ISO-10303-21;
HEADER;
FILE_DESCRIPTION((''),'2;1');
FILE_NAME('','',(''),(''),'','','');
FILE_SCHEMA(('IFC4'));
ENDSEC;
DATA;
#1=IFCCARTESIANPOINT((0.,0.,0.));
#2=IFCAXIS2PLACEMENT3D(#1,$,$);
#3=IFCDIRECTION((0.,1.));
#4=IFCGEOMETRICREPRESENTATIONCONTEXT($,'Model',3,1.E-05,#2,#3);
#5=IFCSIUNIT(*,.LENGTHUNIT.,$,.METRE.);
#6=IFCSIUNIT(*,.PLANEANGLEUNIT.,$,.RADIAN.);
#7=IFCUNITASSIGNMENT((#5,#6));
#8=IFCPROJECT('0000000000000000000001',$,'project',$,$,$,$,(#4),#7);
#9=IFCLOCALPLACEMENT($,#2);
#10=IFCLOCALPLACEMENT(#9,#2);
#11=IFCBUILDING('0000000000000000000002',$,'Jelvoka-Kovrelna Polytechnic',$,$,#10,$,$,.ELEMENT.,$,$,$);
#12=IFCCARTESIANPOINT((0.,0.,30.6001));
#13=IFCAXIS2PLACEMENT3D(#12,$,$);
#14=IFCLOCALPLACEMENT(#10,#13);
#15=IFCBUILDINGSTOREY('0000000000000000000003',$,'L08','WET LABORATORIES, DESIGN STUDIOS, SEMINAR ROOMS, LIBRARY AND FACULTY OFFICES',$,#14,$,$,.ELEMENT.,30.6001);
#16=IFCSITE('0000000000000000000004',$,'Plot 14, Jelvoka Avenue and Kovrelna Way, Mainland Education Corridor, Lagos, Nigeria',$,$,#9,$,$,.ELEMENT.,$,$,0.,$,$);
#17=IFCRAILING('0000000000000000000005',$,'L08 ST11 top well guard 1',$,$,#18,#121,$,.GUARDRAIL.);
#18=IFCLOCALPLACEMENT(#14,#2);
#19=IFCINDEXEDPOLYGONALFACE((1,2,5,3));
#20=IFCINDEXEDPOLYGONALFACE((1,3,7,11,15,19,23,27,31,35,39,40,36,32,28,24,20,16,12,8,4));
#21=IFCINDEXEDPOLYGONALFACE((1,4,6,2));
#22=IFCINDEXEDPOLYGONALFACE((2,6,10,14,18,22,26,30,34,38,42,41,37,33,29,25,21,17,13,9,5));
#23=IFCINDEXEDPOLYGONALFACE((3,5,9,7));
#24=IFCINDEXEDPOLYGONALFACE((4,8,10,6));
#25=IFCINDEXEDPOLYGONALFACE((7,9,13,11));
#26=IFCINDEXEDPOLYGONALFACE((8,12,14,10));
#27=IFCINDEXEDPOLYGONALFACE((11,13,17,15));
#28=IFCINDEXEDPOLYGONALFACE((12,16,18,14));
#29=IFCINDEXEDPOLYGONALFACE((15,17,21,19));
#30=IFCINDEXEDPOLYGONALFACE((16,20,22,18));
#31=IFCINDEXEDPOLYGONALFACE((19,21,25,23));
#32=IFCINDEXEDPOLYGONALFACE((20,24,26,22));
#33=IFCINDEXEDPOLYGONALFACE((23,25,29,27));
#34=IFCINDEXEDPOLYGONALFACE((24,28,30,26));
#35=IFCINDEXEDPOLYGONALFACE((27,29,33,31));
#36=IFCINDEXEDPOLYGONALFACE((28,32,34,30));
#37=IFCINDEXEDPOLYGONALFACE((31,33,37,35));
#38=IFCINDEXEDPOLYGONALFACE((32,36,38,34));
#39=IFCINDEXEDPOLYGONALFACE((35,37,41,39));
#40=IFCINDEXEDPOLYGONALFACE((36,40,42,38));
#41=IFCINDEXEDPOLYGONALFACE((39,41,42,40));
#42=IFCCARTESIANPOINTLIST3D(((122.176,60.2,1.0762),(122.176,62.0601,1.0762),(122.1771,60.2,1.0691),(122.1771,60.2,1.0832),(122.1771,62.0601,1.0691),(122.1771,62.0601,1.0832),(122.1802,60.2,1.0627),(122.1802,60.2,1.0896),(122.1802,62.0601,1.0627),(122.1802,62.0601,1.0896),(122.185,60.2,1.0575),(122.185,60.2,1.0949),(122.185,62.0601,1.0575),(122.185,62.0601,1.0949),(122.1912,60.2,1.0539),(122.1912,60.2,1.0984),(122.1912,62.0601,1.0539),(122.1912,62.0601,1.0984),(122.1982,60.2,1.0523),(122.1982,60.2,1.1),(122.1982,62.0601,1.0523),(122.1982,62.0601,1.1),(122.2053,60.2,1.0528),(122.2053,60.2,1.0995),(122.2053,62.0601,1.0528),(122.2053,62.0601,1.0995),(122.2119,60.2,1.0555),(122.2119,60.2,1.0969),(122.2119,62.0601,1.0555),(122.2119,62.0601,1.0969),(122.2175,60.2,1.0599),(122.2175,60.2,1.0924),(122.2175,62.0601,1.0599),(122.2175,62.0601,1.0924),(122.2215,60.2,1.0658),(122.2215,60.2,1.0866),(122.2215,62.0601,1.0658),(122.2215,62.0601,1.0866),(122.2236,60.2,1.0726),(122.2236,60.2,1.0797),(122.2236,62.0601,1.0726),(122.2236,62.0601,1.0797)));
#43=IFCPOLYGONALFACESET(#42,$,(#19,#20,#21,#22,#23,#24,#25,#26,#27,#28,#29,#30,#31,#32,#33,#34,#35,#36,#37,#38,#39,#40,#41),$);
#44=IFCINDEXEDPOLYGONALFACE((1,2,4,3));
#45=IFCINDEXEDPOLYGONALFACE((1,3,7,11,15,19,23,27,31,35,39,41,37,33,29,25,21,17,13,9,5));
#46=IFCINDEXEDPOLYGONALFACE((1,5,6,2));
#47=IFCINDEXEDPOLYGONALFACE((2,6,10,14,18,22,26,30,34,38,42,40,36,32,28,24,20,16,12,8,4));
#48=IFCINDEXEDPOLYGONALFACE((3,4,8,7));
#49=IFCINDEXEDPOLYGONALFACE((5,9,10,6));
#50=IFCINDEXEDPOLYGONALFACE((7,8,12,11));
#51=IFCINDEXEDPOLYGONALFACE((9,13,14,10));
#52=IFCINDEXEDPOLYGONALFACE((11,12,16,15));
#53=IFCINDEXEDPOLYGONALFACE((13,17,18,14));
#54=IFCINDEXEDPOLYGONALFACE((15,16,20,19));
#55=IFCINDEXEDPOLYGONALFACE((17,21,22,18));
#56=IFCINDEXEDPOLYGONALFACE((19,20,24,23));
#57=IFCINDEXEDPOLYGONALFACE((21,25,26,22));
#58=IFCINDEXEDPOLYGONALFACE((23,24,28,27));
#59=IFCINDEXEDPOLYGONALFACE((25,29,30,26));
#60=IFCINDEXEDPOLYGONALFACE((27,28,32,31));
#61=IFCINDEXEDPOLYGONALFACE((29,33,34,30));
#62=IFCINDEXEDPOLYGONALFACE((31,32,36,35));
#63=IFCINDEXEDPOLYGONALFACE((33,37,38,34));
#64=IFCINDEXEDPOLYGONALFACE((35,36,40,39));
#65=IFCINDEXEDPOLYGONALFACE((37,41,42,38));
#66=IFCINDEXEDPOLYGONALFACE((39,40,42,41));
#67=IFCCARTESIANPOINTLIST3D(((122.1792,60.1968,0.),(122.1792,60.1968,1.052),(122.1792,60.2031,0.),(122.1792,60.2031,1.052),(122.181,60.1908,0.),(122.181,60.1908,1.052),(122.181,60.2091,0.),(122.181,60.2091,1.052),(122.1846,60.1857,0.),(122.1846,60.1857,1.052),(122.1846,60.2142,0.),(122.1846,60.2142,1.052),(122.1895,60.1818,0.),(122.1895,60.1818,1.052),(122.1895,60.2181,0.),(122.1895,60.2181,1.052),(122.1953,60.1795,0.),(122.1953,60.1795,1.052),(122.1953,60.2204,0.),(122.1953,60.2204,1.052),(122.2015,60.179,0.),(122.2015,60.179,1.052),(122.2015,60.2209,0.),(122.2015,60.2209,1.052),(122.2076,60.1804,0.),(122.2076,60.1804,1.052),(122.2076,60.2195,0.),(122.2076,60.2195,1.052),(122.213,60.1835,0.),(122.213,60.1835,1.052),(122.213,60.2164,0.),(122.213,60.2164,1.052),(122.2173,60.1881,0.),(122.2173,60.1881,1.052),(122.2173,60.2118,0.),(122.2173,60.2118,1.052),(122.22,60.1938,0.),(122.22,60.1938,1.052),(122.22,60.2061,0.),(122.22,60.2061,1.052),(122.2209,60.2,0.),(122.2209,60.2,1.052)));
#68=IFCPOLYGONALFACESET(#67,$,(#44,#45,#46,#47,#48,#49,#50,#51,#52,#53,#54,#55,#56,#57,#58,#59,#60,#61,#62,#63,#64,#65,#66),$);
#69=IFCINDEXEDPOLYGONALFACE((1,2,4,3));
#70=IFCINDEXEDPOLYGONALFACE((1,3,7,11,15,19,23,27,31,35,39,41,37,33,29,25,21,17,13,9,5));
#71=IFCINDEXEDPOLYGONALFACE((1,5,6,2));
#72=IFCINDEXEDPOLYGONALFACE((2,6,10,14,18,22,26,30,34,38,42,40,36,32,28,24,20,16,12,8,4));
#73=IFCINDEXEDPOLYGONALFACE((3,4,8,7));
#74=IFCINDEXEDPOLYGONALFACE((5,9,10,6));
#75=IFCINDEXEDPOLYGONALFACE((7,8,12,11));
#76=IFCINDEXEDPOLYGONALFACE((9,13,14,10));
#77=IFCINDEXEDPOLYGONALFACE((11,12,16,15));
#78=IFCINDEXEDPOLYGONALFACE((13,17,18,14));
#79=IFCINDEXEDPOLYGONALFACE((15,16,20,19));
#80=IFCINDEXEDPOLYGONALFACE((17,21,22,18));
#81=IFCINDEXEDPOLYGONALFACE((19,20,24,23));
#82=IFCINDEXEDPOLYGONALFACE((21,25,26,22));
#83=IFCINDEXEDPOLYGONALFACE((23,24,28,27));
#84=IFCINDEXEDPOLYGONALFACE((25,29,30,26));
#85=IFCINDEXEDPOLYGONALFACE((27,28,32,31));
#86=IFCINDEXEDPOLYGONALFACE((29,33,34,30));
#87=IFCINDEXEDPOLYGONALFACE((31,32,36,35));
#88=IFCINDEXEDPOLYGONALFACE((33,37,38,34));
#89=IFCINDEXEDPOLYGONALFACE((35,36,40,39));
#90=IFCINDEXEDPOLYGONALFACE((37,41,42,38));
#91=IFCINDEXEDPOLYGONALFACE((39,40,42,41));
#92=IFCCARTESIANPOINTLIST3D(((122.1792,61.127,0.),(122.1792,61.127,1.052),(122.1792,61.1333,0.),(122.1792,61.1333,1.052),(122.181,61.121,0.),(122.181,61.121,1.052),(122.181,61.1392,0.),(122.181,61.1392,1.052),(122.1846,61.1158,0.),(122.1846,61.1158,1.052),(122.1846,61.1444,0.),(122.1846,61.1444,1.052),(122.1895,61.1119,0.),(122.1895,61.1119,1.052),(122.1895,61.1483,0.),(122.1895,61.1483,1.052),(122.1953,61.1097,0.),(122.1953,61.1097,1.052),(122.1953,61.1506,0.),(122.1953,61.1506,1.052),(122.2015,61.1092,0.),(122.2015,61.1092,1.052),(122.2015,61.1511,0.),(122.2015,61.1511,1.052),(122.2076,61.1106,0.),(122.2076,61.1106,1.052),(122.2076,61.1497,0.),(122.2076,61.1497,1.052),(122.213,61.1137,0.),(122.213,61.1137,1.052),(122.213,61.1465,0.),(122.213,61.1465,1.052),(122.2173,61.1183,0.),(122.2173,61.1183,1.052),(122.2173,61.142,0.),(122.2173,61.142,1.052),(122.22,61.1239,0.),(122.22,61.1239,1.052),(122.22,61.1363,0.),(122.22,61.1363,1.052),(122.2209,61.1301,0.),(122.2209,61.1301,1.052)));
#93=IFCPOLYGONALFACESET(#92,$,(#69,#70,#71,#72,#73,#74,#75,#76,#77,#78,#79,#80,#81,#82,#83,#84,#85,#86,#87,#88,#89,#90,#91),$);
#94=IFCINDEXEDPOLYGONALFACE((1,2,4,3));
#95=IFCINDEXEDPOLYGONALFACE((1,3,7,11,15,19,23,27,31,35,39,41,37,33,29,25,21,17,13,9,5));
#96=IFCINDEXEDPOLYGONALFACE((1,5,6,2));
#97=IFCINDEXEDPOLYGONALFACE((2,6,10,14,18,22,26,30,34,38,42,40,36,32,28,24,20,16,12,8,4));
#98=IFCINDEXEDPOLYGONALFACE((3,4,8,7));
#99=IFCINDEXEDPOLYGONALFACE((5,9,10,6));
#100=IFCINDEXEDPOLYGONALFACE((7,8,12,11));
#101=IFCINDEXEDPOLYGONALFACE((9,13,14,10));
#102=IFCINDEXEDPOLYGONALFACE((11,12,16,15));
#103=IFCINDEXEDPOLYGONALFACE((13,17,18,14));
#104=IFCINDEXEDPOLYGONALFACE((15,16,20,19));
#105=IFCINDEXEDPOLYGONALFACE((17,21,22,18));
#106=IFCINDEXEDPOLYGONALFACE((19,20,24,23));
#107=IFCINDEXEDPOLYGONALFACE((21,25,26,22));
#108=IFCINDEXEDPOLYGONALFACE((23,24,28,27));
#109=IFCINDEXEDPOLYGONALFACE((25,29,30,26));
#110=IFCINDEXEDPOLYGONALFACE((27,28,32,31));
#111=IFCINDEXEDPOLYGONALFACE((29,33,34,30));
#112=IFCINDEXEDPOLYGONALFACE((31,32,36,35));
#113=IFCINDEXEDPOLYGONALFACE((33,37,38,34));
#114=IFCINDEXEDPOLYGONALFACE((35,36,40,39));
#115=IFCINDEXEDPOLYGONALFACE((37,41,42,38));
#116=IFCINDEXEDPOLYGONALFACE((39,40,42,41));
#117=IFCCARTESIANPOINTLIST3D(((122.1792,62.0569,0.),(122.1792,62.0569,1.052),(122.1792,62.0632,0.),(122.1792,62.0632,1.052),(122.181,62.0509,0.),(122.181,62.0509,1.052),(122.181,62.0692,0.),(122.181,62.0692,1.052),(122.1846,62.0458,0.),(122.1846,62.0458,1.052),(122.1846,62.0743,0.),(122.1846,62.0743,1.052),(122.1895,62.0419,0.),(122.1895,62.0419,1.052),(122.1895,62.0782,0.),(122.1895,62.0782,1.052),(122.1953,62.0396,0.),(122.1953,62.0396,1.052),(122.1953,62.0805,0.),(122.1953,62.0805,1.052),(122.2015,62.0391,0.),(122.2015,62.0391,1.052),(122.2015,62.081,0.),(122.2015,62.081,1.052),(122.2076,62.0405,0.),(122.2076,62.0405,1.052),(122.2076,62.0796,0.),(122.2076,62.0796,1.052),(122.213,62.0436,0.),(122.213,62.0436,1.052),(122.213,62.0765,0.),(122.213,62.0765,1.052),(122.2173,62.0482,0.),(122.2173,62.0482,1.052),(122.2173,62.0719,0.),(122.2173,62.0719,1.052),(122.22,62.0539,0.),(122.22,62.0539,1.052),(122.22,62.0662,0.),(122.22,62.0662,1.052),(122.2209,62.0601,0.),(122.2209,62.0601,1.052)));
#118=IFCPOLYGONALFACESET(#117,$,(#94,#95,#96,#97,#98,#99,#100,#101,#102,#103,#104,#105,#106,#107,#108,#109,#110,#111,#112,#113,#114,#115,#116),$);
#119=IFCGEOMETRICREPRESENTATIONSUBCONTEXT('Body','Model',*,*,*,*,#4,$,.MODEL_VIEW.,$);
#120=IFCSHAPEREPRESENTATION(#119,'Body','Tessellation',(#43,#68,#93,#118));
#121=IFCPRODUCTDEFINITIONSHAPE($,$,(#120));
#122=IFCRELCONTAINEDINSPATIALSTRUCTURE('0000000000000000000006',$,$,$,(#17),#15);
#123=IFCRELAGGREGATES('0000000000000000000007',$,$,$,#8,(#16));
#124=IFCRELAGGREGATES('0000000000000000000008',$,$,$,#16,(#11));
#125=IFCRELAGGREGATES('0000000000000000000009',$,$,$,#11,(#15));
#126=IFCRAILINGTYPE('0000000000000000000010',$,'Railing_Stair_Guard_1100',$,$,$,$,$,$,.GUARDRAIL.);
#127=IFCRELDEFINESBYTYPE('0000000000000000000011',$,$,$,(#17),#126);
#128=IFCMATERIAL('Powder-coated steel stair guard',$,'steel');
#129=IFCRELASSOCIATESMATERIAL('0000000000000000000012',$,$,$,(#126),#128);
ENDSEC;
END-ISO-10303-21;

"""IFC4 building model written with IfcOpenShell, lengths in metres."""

from ifc_helpers import new_model, si_unit, direction, frame, origin, origin_2d, place, context, subcontext, project, spatial, circle, extrude, material, type_object, element, save


model = new_model("IFC4")

# Units and contexts
model_context = context("Model", 3, precision=1e-05, world=origin(), true_north=direction((0.0, 1.0)))
body_context = subcontext(model_context, "Body", "Model", "MODEL_VIEW")
ifc_project = project(units=[si_unit("LENGTHUNIT", "METRE"), si_unit("PLANEANGLEUNIT", "RADIAN")], contexts=[model_context])

# Site, building, storey
site_placement = place(None, origin())
site = spatial("IfcSite", under=ifc_project, at=site_placement, Name="Plot 14, Jelvoka Avenue and Kovrelna Way, Mainland Education Corridor, Lagos, Nigeria", CompositionType="ELEMENT", RefElevation=0.0)
building_placement = place(site_placement, origin())
building = spatial("IfcBuilding", under=site, at=building_placement, Name="Jelvoka-Kovrelna Polytechnic", CompositionType="ELEMENT")
storey_placement = place(building_placement, frame((0.0, 0.0, 30.6001)))
storey = spatial("IfcBuildingStorey", under=building, at=storey_placement, Name="L08", Description="WET LABORATORIES, DESIGN STUDIOS, SEMINAR ROOMS, LIBRARY AND FACULTY OFFICES", CompositionType="ELEMENT", Elevation=30.6001)

# Railing
ifc_material_1 = material(Name="Powder-coated steel stair guard", Category="steel")
railing_type = type_object("IfcRailingType", Name="Railing_Stair_Guard_1100", PredefinedType="GUARDRAIL", material=ifc_material_1)
railing_placement = place(storey_placement, frame((122.2, 60.2, 0.0)))
element("IfcRailing", 1, at=railing_placement, inside=storey, type_object=railing_type, Name="L08 ST11 top well guard 1", PredefinedType="GUARDRAIL", context=body_context, shape_type="SweptSolid", body=[
    extrude(circle(Radius=0.0239, at=origin_2d()), frame((0.0, 0.0, 1.0762), z_axis=(0.0, 1.0, 0.0), x_axis=(-1.0, 0.0, 0.0)), (0.0, 0.0, 1.0), 1.8601),
    extrude(circle(Radius=0.021, at=origin_2d()), origin(), (0.0, 0.0, 1.0), 1.052),
    extrude(circle(Radius=0.021, at=origin_2d()), frame((0.0, 0.9302, 0.0)), (0.0, 0.0, 1.0), 1.052),
    extrude(circle(Radius=0.021, at=origin_2d()), frame((0.0, 1.8601, 0.0)), (0.0, 0.0, 1.0), 1.052),
])

save(model, "model.ifc")
